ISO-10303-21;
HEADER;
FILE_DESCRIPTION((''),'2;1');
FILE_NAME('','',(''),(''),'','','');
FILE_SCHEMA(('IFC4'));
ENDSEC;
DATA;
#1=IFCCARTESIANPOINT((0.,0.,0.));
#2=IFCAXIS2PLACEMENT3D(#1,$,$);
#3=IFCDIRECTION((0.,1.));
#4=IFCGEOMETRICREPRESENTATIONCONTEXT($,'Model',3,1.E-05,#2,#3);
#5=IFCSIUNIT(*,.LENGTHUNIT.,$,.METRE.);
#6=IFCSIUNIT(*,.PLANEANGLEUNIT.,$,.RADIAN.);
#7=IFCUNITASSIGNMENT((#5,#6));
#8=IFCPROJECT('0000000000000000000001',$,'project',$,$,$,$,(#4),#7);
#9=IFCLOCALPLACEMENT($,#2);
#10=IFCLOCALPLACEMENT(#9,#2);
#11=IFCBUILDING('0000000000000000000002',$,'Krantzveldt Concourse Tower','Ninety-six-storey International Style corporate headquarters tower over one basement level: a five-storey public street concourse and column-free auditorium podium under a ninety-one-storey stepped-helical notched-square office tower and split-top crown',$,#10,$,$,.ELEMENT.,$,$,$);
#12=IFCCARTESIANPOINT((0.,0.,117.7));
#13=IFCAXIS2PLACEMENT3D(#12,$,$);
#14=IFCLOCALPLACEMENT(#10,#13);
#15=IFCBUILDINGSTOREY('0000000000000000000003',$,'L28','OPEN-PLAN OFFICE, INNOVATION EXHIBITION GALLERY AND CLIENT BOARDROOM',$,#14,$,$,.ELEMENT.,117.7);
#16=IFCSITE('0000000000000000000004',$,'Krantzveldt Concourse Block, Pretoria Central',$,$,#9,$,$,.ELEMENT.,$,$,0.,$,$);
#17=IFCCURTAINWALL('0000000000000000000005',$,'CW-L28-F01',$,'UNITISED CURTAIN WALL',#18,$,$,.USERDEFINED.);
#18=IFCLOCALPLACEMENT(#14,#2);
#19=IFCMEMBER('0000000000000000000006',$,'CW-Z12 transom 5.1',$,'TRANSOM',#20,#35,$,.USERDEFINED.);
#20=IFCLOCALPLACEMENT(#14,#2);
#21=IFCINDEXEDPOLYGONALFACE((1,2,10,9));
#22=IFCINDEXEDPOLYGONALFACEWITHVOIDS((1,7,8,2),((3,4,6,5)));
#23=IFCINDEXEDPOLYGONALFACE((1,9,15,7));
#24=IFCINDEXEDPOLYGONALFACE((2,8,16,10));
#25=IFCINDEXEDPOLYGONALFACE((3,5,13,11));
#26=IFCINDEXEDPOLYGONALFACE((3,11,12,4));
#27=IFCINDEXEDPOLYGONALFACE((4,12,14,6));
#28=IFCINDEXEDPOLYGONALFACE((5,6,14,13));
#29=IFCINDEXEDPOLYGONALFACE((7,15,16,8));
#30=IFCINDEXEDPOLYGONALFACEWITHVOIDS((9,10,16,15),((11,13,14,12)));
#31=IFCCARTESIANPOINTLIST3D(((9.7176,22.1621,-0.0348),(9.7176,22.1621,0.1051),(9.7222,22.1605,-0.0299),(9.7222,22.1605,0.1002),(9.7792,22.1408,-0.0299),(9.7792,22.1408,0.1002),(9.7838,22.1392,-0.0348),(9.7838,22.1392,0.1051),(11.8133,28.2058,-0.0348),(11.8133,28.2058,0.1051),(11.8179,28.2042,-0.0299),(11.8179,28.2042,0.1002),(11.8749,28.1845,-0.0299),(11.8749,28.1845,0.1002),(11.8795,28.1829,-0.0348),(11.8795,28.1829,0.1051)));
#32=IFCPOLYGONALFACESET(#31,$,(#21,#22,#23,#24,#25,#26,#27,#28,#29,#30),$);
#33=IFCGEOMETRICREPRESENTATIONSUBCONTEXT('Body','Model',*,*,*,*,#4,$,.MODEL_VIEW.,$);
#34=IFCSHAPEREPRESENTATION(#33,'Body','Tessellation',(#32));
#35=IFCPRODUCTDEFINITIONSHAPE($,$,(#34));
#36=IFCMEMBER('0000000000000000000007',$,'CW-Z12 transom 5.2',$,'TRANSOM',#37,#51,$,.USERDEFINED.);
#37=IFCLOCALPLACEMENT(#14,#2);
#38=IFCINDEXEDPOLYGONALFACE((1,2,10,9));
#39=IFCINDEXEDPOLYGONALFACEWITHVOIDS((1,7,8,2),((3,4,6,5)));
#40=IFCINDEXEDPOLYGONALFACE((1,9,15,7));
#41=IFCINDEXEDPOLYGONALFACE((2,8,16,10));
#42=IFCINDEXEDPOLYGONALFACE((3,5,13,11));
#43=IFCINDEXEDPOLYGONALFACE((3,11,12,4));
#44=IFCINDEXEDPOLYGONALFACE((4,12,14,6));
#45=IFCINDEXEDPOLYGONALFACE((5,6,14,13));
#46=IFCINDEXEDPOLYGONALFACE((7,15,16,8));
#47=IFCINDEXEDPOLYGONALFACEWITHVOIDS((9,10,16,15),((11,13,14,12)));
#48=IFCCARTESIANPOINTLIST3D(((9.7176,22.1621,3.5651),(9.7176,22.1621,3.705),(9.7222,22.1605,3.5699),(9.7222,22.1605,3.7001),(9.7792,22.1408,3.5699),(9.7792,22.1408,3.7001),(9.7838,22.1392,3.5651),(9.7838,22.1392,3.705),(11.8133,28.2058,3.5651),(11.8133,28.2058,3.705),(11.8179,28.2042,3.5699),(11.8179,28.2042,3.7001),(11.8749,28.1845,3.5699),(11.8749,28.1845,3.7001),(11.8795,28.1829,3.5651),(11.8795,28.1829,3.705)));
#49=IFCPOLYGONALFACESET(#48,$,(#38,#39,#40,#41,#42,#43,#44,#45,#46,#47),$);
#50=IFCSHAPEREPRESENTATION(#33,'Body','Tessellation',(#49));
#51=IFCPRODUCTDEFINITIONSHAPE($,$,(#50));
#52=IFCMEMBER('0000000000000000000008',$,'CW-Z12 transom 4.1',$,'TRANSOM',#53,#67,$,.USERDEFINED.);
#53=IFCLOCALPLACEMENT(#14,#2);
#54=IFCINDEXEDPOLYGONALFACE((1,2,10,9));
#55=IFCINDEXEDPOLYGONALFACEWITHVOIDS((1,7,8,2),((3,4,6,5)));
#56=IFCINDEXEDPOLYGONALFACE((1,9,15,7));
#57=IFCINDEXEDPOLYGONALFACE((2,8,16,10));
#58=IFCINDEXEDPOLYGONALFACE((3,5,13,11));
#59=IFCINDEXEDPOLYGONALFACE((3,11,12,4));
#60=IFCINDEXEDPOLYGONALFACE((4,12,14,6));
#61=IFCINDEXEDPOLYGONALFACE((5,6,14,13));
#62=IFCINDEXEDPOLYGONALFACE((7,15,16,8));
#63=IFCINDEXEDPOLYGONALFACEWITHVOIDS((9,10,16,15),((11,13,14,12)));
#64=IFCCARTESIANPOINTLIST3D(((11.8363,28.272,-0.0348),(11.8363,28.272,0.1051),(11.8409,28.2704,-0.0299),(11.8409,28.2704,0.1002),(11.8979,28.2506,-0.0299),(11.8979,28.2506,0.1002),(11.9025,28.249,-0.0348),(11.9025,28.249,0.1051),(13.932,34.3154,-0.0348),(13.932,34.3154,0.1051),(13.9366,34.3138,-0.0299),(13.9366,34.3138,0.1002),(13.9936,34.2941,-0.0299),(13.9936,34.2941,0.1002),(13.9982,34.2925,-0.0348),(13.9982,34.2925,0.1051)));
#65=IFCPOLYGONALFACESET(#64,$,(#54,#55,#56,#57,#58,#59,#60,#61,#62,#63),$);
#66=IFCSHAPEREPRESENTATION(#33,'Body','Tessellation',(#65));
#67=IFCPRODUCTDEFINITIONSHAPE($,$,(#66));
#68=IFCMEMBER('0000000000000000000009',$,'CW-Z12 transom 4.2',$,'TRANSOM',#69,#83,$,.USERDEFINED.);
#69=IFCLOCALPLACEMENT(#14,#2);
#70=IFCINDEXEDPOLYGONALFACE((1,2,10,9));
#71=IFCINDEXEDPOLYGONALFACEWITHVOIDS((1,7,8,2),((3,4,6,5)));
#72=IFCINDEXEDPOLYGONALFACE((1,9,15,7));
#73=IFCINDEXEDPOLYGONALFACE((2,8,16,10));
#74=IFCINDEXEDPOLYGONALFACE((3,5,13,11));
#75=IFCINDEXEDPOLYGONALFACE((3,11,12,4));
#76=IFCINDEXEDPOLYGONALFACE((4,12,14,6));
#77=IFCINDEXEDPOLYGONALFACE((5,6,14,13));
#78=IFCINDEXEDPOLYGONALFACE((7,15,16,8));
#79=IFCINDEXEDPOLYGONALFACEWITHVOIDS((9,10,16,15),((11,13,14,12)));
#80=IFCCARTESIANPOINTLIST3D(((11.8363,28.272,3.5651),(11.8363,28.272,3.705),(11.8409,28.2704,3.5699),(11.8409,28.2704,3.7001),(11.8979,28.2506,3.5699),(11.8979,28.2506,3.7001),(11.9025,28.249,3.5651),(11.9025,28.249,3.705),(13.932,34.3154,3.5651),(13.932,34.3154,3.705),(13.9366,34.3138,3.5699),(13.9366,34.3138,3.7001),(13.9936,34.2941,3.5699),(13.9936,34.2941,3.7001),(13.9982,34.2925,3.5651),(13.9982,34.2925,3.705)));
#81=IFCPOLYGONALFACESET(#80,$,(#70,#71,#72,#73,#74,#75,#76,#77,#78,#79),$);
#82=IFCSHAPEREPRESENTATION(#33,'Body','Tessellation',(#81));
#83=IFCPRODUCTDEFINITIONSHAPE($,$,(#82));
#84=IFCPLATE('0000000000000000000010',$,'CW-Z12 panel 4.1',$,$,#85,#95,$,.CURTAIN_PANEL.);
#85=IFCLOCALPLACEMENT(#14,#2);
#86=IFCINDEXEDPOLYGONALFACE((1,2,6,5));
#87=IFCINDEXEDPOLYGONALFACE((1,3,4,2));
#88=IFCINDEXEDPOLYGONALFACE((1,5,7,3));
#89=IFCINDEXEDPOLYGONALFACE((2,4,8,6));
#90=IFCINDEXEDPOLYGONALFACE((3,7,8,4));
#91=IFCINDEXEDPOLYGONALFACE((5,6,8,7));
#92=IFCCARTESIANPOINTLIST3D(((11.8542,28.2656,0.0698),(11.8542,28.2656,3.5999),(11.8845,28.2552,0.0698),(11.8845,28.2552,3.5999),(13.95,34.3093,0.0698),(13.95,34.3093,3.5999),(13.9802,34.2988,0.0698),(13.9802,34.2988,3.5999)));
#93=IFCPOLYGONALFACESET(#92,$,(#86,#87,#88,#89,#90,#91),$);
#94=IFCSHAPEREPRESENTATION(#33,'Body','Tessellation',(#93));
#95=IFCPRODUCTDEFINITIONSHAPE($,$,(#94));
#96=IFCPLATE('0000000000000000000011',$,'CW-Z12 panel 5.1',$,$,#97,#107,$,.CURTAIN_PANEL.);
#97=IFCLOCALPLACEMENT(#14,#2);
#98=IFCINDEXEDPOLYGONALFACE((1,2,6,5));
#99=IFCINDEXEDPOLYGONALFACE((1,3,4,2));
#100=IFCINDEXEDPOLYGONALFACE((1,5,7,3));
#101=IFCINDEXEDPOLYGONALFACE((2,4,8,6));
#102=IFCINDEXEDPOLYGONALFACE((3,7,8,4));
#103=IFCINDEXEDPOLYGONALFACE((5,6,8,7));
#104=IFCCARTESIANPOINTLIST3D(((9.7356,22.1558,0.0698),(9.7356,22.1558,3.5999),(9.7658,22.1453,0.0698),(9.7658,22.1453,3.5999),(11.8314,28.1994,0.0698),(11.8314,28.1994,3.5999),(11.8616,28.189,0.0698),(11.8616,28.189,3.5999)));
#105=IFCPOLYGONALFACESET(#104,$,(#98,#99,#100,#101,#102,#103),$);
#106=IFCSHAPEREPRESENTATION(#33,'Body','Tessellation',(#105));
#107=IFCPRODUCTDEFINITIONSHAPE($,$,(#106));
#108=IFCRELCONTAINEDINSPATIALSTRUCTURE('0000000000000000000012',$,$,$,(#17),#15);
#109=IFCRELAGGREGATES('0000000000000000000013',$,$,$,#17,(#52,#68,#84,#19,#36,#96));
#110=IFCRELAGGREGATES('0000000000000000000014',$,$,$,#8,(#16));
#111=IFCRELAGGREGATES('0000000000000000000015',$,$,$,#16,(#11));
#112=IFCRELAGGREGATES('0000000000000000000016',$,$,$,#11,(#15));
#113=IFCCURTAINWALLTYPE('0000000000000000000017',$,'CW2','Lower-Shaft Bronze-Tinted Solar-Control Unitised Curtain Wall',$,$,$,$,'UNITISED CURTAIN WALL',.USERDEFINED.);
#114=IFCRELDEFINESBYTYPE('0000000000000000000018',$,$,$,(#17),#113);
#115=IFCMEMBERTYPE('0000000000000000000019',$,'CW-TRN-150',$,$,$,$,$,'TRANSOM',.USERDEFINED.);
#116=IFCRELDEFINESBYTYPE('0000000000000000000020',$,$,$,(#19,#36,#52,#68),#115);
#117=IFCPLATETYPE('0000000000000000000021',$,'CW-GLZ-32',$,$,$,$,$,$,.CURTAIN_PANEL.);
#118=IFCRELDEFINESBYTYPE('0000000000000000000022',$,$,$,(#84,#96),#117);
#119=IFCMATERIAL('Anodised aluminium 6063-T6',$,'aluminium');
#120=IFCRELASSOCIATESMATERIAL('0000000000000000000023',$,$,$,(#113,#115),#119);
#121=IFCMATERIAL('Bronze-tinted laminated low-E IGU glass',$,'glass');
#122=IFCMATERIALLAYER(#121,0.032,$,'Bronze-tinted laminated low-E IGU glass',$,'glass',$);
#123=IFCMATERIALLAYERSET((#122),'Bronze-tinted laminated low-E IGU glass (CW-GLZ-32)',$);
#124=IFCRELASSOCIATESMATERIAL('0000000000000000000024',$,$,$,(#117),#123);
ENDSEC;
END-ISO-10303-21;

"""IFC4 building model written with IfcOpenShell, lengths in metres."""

from ifc_helpers import new_model, si_unit, direction, frame, origin, origin_2d, place, context, subcontext, project, spatial, rectangle, hollow_rectangle, extrude, source, transform, mapped, material, layer, layer_set, material_profile, profile_set, type_object, type_shapes, element, aggregate, save


model = new_model("IFC4")

# Units and contexts
model_context = context("Model", 3, precision=1e-05, world=origin(), true_north=direction((0.0, 1.0)))
body_context = subcontext(model_context, "Body", "Model", "MODEL_VIEW")
ifc_project = project(units=[si_unit("LENGTHUNIT", "METRE"), si_unit("PLANEANGLEUNIT", "RADIAN")], contexts=[model_context])

# Site, building, storey
site_placement = place(None, origin())
site = spatial("IfcSite", under=ifc_project, at=site_placement, Name="Krantzveldt Concourse Block, Pretoria Central", CompositionType="ELEMENT", RefElevation=0.0)
building_placement = place(site_placement, origin())
building = spatial("IfcBuilding", under=site, at=building_placement, Name="Krantzveldt Concourse Tower", Description="Ninety-six-storey International Style corporate headquarters tower over one basement level: a five-storey public street concourse and column-free auditorium podium under a ninety-one-storey stepped-helical notched-square office tower and split-top crown", CompositionType="ELEMENT")
storey_placement = place(building_placement, frame((0.0, 0.0, 117.7)))
storey = spatial("IfcBuildingStorey", under=building, at=storey_placement, Name="L28", Description="OPEN-PLAN OFFICE, INNOVATION EXHIBITION GALLERY AND CLIENT BOARDROOM", CompositionType="ELEMENT", Elevation=117.7)

# Curtain wall, members, plates
ifc_material_1 = material(Name="Anodised aluminium 6063-T6", Category="aluminium")
curtain_wall_type = type_object("IfcCurtainWallType", Name="CW2", Description="Lower-Shaft Bronze-Tinted Solar-Control Unitised Curtain Wall", ElementType="UNITISED CURTAIN WALL", PredefinedType="USERDEFINED", material=ifc_material_1)
curtain_wall_placement = place(storey_placement, origin())
curtain_wall = element("IfcCurtainWall", 1, at=curtain_wall_placement, inside=storey, type_object=curtain_wall_type, Name="CW-L28-F01", ObjectType="UNITISED CURTAIN WALL", PredefinedType="USERDEFINED")
ifc_material_profile_1 = material_profile(ifc_material_1, hollow_rectangle(XDim=0.0701, YDim=0.1399, WallThickness=0.0049, at=origin_2d()), Name="Anodised aluminium 6063-T6", Category="aluminium")
ifc_profile_set_1 = profile_set([ifc_material_profile_1], Name="Anodised aluminium 6063-T6 - ALU-TRAN 140x70x5")
member_type_1 = type_object("IfcMemberType", Name="CW-TRN-150", ElementType="TRANSOM", PredefinedType="USERDEFINED", material=ifc_profile_set_1)
shared_shape_1 = source(origin(), body_context, "Body", "SweptSolid", [
    extrude(hollow_rectangle(XDim=0.0701, YDim=0.1399, WallThickness=0.0049, at=origin_2d()), origin(), (0.0, 0.0, 1.0), 6.3967),
])
member_1_placement = place(storey_placement, frame((11.8464, 28.1943, 0.0352), z_axis=(-0.32762, -0.944809, 0.0), x_axis=(0.944809, -0.32762, 0.0)))
member_1 = element("IfcMember", 2, at=member_1_placement, type_object=member_type_1, Name="CW-Z12 transom 5.1", ObjectType="TRANSOM", PredefinedType="USERDEFINED", context=body_context, shape_type="MappedRepresentation", body=[
    mapped(shared_shape_1, transform((0.0, 0.0, 0.0), x_axis=(1.0, 0.0, 0.0), y_axis=(0.0, 1.0, 0.0), z_axis=(0.0, 0.0, 1.0), scale=1.0)),
])
member_2_placement = place(storey_placement, frame((11.8464, 28.1943, 3.635), z_axis=(-0.32762, -0.944809, 0.0), x_axis=(0.944809, -0.32762, 0.0)))
member_2 = element("IfcMember", 3, at=member_2_placement, type_object=member_type_1, Name="CW-Z12 transom 5.2", ObjectType="TRANSOM", PredefinedType="USERDEFINED", context=body_context, shape_type="MappedRepresentation", body=[
    mapped(shared_shape_1, transform((0.0, 0.0, 0.0), x_axis=(1.0, 0.0, 0.0), y_axis=(0.0, 1.0, 0.0), z_axis=(0.0, 0.0, 1.0), scale=1.0)),
])
shared_shape_2 = source(origin(), body_context, "Body", "SweptSolid", [
    extrude(hollow_rectangle(XDim=0.0701, YDim=0.1399, WallThickness=0.0049, at=origin_2d()), origin(), (0.0, 0.0, 1.0), 6.3965),
])
type_shapes(member_type_1, [shared_shape_1, shared_shape_2])
member_3_placement = place(storey_placement, frame((13.9651, 34.304, 0.0352), z_axis=(-0.327632, -0.944805, 0.0), x_axis=(0.944805, -0.327632, 0.0)))
member_3 = element("IfcMember", 4, at=member_3_placement, type_object=member_type_1, Name="CW-Z12 transom 4.1", ObjectType="TRANSOM", PredefinedType="USERDEFINED", context=body_context, shape_type="MappedRepresentation", body=[
    mapped(shared_shape_2, transform((0.0, 0.0, 0.0), x_axis=(1.0, 0.0, 0.0), y_axis=(0.0, 1.0, 0.0), z_axis=(0.0, 0.0, 1.0), scale=1.0)),
])
member_4_placement = place(storey_placement, frame((13.9651, 34.304, 3.635), z_axis=(-0.327632, -0.944805, 0.0), x_axis=(0.944805, -0.327632, 0.0)))
member_4 = element("IfcMember", 5, at=member_4_placement, type_object=member_type_1, Name="CW-Z12 transom 4.2", ObjectType="TRANSOM", PredefinedType="USERDEFINED", context=body_context, shape_type="MappedRepresentation", body=[
    mapped(shared_shape_2, transform((0.0, 0.0, 0.0), x_axis=(1.0, 0.0, 0.0), y_axis=(0.0, 1.0, 0.0), z_axis=(0.0, 0.0, 1.0), scale=1.0)),
])
ifc_material_2 = material(Name="Bronze-tinted laminated low-E IGU glass", Category="glass")
ifc_layer = layer(ifc_material_2, 0.032, Name="Bronze-tinted laminated low-E IGU glass", Category="glass")
ifc_layer_set = layer_set([ifc_layer], Name="Bronze-tinted laminated low-E IGU glass (CW-GLZ-32)")
plate_type = type_object("IfcPlateType", Name="CW-GLZ-32", PredefinedType="CURTAIN_PANEL", material=ifc_layer_set)
shared_shape_3 = source(origin(), body_context, "Body", "SweptSolid", [
    extrude(rectangle(XDim=6.3967, YDim=0.032, at=origin_2d()), origin(), (0.0, 0.0, 1.0), 3.53),
])
type_shapes(plate_type, [shared_shape_3])
plate_1_placement = place(storey_placement, frame((12.9172, 31.2822, 0.0698), z_axis=(0.0, 0.0, 1.0), x_axis=(-0.32763, -0.944806, 0.0)))
plate_1 = element("IfcPlate", 6, at=plate_1_placement, type_object=plate_type, Name="CW-Z12 panel 4.1", PredefinedType="CURTAIN_PANEL", context=body_context, shape_type="MappedRepresentation", body=[
    mapped(shared_shape_3, transform((0.0, 0.0, 0.0), x_axis=(1.0, 0.0, 0.0), y_axis=(0.0, 1.0, 0.0), z_axis=(0.0, 0.0, 1.0), scale=1.0)),
])
plate_2_placement = place(storey_placement, frame((10.7986, 25.1724, 0.0698), z_axis=(0.0, 0.0, 1.0), x_axis=(-0.32763, -0.944806, 0.0)))
plate_2 = element("IfcPlate", 7, at=plate_2_placement, type_object=plate_type, Name="CW-Z12 panel 5.1", PredefinedType="CURTAIN_PANEL", context=body_context, shape_type="MappedRepresentation", body=[
    mapped(shared_shape_3, transform((0.0, 0.0, 0.0), x_axis=(1.0, 0.0, 0.0), y_axis=(0.0, 1.0, 0.0), z_axis=(0.0, 0.0, 1.0), scale=1.0)),
])
aggregate(curtain_wall, [member_3, member_4, plate_1, member_1, member_2, plate_2])

save(model, "model.ifc")
